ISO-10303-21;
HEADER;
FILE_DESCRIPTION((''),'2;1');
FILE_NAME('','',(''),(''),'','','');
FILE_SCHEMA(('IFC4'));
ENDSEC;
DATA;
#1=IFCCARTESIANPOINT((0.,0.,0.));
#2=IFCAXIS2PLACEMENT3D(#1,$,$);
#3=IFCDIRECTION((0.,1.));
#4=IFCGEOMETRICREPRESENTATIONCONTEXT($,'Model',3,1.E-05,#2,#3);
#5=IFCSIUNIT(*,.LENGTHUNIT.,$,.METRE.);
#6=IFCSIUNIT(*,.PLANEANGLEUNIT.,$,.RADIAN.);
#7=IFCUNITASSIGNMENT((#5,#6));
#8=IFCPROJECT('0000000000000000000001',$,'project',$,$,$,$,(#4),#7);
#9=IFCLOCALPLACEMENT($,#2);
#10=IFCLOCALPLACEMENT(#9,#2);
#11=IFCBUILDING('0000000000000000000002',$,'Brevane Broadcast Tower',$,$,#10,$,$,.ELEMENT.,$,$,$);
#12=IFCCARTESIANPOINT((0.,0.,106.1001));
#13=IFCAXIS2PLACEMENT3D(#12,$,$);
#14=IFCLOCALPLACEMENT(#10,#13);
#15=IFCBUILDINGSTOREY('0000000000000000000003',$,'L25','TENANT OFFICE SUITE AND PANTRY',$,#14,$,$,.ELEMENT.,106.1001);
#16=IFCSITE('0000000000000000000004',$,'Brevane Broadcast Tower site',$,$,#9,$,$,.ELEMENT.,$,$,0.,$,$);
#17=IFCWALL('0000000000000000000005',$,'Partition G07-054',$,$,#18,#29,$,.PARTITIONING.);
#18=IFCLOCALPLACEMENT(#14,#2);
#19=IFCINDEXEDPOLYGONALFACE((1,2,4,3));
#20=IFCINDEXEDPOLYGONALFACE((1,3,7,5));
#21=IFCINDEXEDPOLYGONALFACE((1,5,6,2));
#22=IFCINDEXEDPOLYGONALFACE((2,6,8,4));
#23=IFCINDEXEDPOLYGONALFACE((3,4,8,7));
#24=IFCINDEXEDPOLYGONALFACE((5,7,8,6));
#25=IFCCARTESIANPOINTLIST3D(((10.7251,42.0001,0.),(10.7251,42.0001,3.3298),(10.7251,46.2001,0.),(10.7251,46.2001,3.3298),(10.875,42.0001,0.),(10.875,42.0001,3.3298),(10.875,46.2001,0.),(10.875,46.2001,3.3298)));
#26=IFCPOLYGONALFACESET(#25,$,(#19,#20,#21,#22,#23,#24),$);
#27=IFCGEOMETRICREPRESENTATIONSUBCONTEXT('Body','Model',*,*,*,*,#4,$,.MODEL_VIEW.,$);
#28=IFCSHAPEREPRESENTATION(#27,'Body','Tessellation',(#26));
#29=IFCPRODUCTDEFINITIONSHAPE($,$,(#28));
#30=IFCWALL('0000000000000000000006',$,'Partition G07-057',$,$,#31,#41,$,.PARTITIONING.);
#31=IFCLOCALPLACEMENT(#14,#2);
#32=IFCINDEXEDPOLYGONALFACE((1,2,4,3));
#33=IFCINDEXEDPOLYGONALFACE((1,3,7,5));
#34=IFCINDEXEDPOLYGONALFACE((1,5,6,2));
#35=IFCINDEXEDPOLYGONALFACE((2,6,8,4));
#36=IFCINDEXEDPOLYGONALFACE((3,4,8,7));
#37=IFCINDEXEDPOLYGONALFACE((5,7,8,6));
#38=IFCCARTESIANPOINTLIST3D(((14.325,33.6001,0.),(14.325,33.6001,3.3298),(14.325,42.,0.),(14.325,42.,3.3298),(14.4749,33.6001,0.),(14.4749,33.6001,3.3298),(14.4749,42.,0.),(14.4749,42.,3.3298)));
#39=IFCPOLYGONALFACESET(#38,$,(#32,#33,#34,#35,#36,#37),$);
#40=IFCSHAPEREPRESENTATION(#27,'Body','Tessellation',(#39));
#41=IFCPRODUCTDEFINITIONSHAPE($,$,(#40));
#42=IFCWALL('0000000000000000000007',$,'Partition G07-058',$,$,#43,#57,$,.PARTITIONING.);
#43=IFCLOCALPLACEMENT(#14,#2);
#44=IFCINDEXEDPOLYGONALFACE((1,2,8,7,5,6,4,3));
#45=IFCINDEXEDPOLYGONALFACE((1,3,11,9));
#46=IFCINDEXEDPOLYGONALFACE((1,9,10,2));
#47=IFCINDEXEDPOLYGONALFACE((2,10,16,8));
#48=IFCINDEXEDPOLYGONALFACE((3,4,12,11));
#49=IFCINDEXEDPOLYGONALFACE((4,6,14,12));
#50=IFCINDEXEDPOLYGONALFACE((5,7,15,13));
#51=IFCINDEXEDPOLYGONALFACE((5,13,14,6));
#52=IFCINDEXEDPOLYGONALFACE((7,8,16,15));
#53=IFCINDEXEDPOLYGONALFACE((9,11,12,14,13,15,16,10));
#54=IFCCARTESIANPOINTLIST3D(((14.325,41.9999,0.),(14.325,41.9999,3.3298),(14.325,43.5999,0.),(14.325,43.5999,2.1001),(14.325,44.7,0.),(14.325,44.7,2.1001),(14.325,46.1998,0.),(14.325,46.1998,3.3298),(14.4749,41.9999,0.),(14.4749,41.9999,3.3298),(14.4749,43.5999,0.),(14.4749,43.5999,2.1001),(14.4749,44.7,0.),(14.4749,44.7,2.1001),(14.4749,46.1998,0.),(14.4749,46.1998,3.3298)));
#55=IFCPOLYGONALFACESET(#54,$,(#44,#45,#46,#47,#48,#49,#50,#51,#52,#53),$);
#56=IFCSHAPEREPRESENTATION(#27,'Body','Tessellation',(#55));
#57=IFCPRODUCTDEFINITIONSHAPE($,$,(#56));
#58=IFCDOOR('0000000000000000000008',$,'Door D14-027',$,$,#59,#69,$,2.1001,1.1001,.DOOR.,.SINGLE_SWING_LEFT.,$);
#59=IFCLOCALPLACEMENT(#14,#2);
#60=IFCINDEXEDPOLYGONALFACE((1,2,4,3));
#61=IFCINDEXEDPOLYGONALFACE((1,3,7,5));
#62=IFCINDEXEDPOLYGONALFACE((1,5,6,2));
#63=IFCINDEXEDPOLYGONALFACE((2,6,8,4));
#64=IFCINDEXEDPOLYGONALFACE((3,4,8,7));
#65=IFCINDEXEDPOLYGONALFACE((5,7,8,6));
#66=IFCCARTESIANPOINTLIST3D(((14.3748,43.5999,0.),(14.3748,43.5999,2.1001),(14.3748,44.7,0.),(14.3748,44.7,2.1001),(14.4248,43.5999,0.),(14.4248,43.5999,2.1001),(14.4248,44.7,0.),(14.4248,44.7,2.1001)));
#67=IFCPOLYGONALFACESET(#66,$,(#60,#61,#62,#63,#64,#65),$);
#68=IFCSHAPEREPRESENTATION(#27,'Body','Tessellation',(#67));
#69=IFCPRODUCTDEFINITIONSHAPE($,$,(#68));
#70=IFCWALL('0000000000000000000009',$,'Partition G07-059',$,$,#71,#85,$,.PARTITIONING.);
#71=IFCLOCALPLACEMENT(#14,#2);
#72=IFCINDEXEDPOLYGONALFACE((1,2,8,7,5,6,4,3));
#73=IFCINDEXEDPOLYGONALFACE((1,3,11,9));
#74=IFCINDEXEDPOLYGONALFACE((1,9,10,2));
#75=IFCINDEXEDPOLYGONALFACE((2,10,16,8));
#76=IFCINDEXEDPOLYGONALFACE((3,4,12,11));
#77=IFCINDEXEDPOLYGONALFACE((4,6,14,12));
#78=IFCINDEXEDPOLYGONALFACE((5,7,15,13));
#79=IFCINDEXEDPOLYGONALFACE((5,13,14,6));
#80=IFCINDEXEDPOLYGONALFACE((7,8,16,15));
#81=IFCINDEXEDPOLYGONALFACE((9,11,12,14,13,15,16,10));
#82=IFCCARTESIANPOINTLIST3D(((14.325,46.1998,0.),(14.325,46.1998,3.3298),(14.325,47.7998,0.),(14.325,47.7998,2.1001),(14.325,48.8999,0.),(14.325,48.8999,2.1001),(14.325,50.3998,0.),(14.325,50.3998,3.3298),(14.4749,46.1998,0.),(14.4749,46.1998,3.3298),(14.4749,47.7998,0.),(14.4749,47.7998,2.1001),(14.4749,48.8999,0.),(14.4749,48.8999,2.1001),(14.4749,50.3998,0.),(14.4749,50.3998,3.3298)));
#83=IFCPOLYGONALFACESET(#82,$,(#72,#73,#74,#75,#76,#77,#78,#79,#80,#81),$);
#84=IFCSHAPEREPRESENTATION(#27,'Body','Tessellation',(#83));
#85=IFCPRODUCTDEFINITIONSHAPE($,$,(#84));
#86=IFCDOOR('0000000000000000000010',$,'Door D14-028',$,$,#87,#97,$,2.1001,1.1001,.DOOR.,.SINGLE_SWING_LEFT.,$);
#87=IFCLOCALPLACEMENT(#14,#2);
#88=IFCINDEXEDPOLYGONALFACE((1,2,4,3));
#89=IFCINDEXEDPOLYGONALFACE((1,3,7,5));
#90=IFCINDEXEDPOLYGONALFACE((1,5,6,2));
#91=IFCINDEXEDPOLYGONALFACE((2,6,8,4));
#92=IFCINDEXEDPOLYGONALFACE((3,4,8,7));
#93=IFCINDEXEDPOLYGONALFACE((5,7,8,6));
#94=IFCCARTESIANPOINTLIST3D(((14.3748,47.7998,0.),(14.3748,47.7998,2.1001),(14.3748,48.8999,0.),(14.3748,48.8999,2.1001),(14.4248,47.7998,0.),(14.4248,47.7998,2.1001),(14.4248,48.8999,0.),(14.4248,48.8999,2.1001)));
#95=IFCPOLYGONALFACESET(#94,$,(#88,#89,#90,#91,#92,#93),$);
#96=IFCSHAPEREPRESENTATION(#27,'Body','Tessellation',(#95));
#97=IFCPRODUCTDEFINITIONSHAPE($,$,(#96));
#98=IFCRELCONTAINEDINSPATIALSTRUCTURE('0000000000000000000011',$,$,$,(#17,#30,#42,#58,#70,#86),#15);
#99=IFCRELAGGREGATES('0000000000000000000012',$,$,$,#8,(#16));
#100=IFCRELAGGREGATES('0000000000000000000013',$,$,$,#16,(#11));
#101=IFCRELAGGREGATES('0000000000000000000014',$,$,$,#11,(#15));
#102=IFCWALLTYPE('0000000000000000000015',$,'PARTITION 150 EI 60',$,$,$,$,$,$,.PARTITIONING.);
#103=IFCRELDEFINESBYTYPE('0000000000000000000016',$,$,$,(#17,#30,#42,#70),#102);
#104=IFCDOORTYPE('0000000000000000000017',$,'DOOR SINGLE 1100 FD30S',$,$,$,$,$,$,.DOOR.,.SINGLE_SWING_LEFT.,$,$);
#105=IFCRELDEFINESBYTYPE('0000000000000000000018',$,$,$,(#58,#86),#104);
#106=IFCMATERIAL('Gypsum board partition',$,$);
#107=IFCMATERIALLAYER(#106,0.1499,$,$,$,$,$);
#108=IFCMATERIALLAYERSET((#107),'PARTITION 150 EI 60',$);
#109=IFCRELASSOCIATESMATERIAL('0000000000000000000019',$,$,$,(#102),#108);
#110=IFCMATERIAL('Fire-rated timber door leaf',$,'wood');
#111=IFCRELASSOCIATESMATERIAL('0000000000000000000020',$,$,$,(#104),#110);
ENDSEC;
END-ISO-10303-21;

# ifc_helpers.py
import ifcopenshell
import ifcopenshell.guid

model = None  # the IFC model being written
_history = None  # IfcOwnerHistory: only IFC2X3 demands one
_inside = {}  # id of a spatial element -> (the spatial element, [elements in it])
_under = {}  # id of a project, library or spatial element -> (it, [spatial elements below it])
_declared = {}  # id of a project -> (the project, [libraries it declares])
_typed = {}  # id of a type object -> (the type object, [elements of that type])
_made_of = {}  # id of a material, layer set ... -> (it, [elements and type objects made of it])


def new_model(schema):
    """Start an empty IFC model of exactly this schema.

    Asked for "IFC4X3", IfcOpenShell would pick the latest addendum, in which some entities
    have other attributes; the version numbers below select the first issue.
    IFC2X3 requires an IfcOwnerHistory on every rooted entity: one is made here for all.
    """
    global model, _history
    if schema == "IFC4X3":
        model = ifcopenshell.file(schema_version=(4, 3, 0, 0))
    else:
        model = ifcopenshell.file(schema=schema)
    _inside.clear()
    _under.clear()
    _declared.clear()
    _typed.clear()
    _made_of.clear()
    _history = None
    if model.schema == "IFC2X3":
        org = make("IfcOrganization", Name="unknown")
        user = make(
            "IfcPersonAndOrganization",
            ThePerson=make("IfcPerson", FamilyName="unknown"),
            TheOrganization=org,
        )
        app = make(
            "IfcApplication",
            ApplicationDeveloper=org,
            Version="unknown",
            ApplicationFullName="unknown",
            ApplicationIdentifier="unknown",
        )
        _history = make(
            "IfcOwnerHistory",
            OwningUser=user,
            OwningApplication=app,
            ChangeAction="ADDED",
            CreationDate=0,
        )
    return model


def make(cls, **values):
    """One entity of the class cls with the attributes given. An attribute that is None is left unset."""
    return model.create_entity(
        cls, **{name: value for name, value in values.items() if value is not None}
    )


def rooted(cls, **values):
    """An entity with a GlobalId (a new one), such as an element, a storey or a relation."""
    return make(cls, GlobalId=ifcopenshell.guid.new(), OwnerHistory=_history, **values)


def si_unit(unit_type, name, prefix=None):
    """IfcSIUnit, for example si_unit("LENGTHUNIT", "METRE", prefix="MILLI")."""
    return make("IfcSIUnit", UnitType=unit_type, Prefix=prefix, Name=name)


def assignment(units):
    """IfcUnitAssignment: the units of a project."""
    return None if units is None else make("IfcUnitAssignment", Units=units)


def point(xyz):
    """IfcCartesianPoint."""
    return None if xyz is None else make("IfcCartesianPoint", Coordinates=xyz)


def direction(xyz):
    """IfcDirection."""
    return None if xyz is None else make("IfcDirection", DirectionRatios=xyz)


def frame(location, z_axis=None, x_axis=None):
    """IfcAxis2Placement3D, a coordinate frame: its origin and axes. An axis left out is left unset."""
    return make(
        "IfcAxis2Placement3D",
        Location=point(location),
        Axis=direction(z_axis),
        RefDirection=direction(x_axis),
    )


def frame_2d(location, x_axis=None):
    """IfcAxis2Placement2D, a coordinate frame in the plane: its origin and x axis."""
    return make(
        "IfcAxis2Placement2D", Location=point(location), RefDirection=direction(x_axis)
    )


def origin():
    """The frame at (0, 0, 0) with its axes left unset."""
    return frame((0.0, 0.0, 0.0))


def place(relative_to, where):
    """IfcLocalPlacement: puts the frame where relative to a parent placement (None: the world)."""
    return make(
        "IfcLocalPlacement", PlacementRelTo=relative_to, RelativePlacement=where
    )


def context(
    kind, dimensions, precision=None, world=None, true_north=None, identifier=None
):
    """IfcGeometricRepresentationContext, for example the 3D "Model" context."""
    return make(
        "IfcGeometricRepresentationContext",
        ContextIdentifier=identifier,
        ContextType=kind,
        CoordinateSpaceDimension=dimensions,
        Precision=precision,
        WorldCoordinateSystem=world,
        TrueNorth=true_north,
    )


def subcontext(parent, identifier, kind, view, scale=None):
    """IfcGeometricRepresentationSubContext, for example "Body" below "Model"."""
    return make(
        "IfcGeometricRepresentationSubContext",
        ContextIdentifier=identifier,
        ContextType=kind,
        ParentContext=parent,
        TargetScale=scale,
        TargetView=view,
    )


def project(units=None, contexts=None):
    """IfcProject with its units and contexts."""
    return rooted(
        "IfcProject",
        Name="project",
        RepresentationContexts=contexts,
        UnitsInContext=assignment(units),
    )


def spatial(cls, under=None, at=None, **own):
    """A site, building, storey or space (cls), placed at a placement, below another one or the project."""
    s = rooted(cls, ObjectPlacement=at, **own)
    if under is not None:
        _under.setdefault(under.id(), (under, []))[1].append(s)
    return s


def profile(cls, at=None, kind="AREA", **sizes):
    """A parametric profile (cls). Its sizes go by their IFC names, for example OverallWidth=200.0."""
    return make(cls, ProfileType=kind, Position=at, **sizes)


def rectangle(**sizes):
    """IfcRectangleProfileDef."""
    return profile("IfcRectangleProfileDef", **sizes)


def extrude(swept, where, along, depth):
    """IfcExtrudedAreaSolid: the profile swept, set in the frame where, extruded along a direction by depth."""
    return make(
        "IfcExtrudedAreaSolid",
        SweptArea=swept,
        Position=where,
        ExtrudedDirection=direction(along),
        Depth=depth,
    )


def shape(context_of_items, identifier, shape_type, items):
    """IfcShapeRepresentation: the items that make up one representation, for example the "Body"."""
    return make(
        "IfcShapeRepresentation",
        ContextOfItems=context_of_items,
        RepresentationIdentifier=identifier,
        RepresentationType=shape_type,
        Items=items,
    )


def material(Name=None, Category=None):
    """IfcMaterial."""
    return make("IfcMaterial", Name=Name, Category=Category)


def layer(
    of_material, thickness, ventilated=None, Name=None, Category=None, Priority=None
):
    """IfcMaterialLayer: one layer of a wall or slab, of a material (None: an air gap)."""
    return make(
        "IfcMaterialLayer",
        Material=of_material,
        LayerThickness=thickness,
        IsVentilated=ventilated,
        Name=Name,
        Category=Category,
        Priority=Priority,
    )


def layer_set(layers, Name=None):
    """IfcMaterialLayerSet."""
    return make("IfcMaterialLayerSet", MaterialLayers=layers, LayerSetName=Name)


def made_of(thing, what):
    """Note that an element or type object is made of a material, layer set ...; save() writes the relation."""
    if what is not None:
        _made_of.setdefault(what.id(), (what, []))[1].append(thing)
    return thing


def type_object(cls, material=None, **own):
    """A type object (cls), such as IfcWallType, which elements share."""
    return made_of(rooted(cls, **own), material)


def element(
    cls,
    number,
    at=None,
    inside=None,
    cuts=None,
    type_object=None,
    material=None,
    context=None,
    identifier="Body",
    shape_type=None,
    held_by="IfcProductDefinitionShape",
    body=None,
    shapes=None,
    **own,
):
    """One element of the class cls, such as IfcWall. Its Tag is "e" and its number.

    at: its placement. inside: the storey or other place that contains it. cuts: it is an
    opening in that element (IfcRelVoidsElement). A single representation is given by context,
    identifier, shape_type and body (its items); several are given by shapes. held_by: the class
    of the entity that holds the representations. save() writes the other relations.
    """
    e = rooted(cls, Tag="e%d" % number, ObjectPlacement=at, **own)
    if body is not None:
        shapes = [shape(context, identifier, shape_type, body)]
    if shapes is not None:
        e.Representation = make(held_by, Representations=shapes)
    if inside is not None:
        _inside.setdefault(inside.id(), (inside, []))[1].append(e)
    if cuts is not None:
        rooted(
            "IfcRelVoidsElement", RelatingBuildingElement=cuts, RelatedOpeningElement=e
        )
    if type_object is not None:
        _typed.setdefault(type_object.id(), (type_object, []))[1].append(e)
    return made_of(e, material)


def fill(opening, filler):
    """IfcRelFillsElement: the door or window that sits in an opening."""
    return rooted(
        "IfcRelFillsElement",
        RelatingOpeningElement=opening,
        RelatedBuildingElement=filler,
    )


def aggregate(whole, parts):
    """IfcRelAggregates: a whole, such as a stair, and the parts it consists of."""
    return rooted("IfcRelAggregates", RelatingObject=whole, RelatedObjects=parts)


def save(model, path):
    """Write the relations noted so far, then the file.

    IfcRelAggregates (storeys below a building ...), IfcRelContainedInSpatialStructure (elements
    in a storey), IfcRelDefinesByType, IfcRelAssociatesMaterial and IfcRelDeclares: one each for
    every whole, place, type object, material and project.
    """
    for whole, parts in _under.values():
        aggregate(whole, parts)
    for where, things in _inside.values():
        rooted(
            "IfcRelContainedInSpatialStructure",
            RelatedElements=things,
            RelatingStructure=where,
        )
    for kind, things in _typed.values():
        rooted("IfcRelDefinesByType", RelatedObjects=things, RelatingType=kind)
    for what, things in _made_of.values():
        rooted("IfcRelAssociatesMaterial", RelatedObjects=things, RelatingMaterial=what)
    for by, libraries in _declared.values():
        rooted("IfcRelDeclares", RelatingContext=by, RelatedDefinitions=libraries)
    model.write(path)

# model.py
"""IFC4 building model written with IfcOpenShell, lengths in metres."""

from ifc_helpers import new_model, si_unit, direction, frame, frame_2d, origin, place, context, subcontext, project, spatial, rectangle, extrude, material, layer, layer_set, type_object, element, fill, save


model = new_model("IFC4")

# Units and contexts
model_context = context("Model", 3, precision=1e-05, world=origin(), true_north=direction((0.0, 1.0)))
body_context = subcontext(model_context, "Body", "Model", "MODEL_VIEW")
ifc_project = project(units=[si_unit("LENGTHUNIT", "METRE"), si_unit("PLANEANGLEUNIT", "RADIAN")], contexts=[model_context])

# Site, building, storey
site_placement = place(None, origin())
site = spatial("IfcSite", under=ifc_project, at=site_placement, Name="Brevane Broadcast Tower site", CompositionType="ELEMENT", RefElevation=0.0)
building_placement = place(site_placement, origin())
building = spatial("IfcBuilding", under=site, at=building_placement, Name="Brevane Broadcast Tower", CompositionType="ELEMENT")
storey_placement = place(building_placement, frame((0.0, 0.0, 106.1001)))
storey = spatial("IfcBuildingStorey", under=building, at=storey_placement, Name="L25", Description="TENANT OFFICE SUITE AND PANTRY", CompositionType="ELEMENT", Elevation=106.1001)

# Shared definitions
ifc_material_1 = material(Name="Gypsum board partition")

# Shared definitions
ifc_layer_1 = layer(ifc_material_1, 0.1499)
ifc_layer_set_1 = layer_set([ifc_layer_1], Name="PARTITION 150 EI 60")
wall_type_1 = type_object("IfcWallType", Name="PARTITION 150 EI 60", PredefinedType="PARTITIONING", material=ifc_layer_set_1)
ifc_material_2 = material(Name="Fire-rated timber door leaf", Category="wood")

# Walls
wall_1_placement = place(storey_placement, frame((10.8, 42.0, 0.0), z_axis=(0.0, 0.0, 1.0), x_axis=(0.0, 1.0, 0.0)))
element("IfcWall", 1, at=wall_1_placement, inside=storey, type_object=wall_type_1, Name="Partition G07-054", PredefinedType="PARTITIONING", context=body_context, shape_type="SweptSolid", body=[
    extrude(rectangle(XDim=4.2, YDim=0.1499, at=frame_2d((2.1001, 0.0))), origin(), (0.0, 0.0, 1.0), 3.3298),
])
wall_2_placement = place(storey_placement, frame((14.3999, 42.0, 0.0), z_axis=(0.0, 0.0, 1.0), x_axis=(0.0, -1.0, 0.0)))
element("IfcWall", 2, at=wall_2_placement, inside=storey, type_object=wall_type_1, Name="Partition G07-057", PredefinedType="PARTITIONING", context=body_context, shape_type="SweptSolid", body=[
    extrude(rectangle(XDim=8.3999, YDim=0.1499, at=frame_2d((4.2, 0.0))), origin(), (0.0, 0.0, 1.0), 3.3298),
])

# Walls, openings, doors
wall_3_placement = place(storey_placement, frame((14.3999, 46.2, 0.0), z_axis=(0.0, 0.0, 1.0), x_axis=(0.0, -1.0, 0.0)))
wall_3 = element("IfcWall", 3, at=wall_3_placement, inside=storey, type_object=wall_type_1, Name="Partition G07-058", PredefinedType="PARTITIONING", context=body_context, shape_type="SweptSolid", body=[
    extrude(rectangle(XDim=4.2, YDim=0.1499, at=frame_2d((2.1001, 0.0))), origin(), (0.0, 0.0, 1.0), 3.3298),
])
opening_1_placement = place(wall_3_placement, frame((1.5, 0.0, 0.0)))
opening_1 = element("IfcOpeningElement", 4, at=opening_1_placement, cuts=wall_3, PredefinedType="OPENING", context=body_context, shape_type="SweptSolid", body=[
    extrude(rectangle(XDim=1.1001, YDim=2.1001, at=frame_2d((0.55, 1.05))), frame((0.0, 0.085, 0.0), z_axis=(0.0, -1.0, 0.0), x_axis=(1.0, 0.0, 0.0)), (0.0, 0.0, 1.0), 0.1699),
])
door_type_1 = type_object("IfcDoorType", Name="DOOR SINGLE 1100 FD30S", OperationType="SINGLE_SWING_LEFT", PredefinedType="DOOR", material=ifc_material_2)
door_1_placement = place(opening_1_placement, origin())
door_1 = element("IfcDoor", 5, at=door_1_placement, inside=storey, type_object=door_type_1, Name="Door D14-027", OperationType="SINGLE_SWING_LEFT", OverallHeight=2.1001, OverallWidth=1.1001, PredefinedType="DOOR", context=body_context, shape_type="SweptSolid", body=[
    extrude(rectangle(XDim=1.1001, YDim=2.1001, at=frame_2d((0.55, 1.05))), frame((0.0, 0.0249, 0.0), z_axis=(0.0, -1.0, 0.0), x_axis=(1.0, 0.0, 0.0)), (0.0, 0.0, 1.0), 0.05),
])
fill(opening_1, door_1)
wall_4_placement = place(storey_placement, frame((14.3999, 50.3999, 0.0), z_axis=(0.0, 0.0, 1.0), x_axis=(0.0, -1.0, 0.0)))
wall_4 = element("IfcWall", 6, at=wall_4_placement, inside=storey, type_object=wall_type_1, Name="Partition G07-059", PredefinedType="PARTITIONING", context=body_context, shape_type="SweptSolid", body=[
    extrude(rectangle(XDim=4.2, YDim=0.1499, at=frame_2d((2.1001, 0.0))), origin(), (0.0, 0.0, 1.0), 3.3298),
])
opening_2_placement = place(wall_4_placement, frame((1.5, 0.0, 0.0)))
opening_2 = element("IfcOpeningElement", 7, at=opening_2_placement, cuts=wall_4, PredefinedType="OPENING", context=body_context, shape_type="SweptSolid", body=[
    extrude(rectangle(XDim=1.1001, YDim=2.1001, at=frame_2d((0.55, 1.05))), frame((0.0, 0.085, 0.0), z_axis=(0.0, -1.0, 0.0), x_axis=(1.0, 0.0, 0.0)), (0.0, 0.0, 1.0), 0.1699),
])
door_2_placement = place(opening_2_placement, origin())
door_2 = element("IfcDoor", 8, at=door_2_placement, inside=storey, type_object=door_type_1, Name="Door D14-028", OperationType="SINGLE_SWING_LEFT", OverallHeight=2.1001, OverallWidth=1.1001, PredefinedType="DOOR", context=body_context, shape_type="SweptSolid", body=[
    extrude(rectangle(XDim=1.1001, YDim=2.1001, at=frame_2d((0.55, 1.05))), frame((0.0, 0.0249, 0.0), z_axis=(0.0, -1.0, 0.0), x_axis=(1.0, 0.0, 0.0)), (0.0, 0.0, 1.0), 0.05),
])
fill(opening_2, door_2)

save(model, "model.ifc")
